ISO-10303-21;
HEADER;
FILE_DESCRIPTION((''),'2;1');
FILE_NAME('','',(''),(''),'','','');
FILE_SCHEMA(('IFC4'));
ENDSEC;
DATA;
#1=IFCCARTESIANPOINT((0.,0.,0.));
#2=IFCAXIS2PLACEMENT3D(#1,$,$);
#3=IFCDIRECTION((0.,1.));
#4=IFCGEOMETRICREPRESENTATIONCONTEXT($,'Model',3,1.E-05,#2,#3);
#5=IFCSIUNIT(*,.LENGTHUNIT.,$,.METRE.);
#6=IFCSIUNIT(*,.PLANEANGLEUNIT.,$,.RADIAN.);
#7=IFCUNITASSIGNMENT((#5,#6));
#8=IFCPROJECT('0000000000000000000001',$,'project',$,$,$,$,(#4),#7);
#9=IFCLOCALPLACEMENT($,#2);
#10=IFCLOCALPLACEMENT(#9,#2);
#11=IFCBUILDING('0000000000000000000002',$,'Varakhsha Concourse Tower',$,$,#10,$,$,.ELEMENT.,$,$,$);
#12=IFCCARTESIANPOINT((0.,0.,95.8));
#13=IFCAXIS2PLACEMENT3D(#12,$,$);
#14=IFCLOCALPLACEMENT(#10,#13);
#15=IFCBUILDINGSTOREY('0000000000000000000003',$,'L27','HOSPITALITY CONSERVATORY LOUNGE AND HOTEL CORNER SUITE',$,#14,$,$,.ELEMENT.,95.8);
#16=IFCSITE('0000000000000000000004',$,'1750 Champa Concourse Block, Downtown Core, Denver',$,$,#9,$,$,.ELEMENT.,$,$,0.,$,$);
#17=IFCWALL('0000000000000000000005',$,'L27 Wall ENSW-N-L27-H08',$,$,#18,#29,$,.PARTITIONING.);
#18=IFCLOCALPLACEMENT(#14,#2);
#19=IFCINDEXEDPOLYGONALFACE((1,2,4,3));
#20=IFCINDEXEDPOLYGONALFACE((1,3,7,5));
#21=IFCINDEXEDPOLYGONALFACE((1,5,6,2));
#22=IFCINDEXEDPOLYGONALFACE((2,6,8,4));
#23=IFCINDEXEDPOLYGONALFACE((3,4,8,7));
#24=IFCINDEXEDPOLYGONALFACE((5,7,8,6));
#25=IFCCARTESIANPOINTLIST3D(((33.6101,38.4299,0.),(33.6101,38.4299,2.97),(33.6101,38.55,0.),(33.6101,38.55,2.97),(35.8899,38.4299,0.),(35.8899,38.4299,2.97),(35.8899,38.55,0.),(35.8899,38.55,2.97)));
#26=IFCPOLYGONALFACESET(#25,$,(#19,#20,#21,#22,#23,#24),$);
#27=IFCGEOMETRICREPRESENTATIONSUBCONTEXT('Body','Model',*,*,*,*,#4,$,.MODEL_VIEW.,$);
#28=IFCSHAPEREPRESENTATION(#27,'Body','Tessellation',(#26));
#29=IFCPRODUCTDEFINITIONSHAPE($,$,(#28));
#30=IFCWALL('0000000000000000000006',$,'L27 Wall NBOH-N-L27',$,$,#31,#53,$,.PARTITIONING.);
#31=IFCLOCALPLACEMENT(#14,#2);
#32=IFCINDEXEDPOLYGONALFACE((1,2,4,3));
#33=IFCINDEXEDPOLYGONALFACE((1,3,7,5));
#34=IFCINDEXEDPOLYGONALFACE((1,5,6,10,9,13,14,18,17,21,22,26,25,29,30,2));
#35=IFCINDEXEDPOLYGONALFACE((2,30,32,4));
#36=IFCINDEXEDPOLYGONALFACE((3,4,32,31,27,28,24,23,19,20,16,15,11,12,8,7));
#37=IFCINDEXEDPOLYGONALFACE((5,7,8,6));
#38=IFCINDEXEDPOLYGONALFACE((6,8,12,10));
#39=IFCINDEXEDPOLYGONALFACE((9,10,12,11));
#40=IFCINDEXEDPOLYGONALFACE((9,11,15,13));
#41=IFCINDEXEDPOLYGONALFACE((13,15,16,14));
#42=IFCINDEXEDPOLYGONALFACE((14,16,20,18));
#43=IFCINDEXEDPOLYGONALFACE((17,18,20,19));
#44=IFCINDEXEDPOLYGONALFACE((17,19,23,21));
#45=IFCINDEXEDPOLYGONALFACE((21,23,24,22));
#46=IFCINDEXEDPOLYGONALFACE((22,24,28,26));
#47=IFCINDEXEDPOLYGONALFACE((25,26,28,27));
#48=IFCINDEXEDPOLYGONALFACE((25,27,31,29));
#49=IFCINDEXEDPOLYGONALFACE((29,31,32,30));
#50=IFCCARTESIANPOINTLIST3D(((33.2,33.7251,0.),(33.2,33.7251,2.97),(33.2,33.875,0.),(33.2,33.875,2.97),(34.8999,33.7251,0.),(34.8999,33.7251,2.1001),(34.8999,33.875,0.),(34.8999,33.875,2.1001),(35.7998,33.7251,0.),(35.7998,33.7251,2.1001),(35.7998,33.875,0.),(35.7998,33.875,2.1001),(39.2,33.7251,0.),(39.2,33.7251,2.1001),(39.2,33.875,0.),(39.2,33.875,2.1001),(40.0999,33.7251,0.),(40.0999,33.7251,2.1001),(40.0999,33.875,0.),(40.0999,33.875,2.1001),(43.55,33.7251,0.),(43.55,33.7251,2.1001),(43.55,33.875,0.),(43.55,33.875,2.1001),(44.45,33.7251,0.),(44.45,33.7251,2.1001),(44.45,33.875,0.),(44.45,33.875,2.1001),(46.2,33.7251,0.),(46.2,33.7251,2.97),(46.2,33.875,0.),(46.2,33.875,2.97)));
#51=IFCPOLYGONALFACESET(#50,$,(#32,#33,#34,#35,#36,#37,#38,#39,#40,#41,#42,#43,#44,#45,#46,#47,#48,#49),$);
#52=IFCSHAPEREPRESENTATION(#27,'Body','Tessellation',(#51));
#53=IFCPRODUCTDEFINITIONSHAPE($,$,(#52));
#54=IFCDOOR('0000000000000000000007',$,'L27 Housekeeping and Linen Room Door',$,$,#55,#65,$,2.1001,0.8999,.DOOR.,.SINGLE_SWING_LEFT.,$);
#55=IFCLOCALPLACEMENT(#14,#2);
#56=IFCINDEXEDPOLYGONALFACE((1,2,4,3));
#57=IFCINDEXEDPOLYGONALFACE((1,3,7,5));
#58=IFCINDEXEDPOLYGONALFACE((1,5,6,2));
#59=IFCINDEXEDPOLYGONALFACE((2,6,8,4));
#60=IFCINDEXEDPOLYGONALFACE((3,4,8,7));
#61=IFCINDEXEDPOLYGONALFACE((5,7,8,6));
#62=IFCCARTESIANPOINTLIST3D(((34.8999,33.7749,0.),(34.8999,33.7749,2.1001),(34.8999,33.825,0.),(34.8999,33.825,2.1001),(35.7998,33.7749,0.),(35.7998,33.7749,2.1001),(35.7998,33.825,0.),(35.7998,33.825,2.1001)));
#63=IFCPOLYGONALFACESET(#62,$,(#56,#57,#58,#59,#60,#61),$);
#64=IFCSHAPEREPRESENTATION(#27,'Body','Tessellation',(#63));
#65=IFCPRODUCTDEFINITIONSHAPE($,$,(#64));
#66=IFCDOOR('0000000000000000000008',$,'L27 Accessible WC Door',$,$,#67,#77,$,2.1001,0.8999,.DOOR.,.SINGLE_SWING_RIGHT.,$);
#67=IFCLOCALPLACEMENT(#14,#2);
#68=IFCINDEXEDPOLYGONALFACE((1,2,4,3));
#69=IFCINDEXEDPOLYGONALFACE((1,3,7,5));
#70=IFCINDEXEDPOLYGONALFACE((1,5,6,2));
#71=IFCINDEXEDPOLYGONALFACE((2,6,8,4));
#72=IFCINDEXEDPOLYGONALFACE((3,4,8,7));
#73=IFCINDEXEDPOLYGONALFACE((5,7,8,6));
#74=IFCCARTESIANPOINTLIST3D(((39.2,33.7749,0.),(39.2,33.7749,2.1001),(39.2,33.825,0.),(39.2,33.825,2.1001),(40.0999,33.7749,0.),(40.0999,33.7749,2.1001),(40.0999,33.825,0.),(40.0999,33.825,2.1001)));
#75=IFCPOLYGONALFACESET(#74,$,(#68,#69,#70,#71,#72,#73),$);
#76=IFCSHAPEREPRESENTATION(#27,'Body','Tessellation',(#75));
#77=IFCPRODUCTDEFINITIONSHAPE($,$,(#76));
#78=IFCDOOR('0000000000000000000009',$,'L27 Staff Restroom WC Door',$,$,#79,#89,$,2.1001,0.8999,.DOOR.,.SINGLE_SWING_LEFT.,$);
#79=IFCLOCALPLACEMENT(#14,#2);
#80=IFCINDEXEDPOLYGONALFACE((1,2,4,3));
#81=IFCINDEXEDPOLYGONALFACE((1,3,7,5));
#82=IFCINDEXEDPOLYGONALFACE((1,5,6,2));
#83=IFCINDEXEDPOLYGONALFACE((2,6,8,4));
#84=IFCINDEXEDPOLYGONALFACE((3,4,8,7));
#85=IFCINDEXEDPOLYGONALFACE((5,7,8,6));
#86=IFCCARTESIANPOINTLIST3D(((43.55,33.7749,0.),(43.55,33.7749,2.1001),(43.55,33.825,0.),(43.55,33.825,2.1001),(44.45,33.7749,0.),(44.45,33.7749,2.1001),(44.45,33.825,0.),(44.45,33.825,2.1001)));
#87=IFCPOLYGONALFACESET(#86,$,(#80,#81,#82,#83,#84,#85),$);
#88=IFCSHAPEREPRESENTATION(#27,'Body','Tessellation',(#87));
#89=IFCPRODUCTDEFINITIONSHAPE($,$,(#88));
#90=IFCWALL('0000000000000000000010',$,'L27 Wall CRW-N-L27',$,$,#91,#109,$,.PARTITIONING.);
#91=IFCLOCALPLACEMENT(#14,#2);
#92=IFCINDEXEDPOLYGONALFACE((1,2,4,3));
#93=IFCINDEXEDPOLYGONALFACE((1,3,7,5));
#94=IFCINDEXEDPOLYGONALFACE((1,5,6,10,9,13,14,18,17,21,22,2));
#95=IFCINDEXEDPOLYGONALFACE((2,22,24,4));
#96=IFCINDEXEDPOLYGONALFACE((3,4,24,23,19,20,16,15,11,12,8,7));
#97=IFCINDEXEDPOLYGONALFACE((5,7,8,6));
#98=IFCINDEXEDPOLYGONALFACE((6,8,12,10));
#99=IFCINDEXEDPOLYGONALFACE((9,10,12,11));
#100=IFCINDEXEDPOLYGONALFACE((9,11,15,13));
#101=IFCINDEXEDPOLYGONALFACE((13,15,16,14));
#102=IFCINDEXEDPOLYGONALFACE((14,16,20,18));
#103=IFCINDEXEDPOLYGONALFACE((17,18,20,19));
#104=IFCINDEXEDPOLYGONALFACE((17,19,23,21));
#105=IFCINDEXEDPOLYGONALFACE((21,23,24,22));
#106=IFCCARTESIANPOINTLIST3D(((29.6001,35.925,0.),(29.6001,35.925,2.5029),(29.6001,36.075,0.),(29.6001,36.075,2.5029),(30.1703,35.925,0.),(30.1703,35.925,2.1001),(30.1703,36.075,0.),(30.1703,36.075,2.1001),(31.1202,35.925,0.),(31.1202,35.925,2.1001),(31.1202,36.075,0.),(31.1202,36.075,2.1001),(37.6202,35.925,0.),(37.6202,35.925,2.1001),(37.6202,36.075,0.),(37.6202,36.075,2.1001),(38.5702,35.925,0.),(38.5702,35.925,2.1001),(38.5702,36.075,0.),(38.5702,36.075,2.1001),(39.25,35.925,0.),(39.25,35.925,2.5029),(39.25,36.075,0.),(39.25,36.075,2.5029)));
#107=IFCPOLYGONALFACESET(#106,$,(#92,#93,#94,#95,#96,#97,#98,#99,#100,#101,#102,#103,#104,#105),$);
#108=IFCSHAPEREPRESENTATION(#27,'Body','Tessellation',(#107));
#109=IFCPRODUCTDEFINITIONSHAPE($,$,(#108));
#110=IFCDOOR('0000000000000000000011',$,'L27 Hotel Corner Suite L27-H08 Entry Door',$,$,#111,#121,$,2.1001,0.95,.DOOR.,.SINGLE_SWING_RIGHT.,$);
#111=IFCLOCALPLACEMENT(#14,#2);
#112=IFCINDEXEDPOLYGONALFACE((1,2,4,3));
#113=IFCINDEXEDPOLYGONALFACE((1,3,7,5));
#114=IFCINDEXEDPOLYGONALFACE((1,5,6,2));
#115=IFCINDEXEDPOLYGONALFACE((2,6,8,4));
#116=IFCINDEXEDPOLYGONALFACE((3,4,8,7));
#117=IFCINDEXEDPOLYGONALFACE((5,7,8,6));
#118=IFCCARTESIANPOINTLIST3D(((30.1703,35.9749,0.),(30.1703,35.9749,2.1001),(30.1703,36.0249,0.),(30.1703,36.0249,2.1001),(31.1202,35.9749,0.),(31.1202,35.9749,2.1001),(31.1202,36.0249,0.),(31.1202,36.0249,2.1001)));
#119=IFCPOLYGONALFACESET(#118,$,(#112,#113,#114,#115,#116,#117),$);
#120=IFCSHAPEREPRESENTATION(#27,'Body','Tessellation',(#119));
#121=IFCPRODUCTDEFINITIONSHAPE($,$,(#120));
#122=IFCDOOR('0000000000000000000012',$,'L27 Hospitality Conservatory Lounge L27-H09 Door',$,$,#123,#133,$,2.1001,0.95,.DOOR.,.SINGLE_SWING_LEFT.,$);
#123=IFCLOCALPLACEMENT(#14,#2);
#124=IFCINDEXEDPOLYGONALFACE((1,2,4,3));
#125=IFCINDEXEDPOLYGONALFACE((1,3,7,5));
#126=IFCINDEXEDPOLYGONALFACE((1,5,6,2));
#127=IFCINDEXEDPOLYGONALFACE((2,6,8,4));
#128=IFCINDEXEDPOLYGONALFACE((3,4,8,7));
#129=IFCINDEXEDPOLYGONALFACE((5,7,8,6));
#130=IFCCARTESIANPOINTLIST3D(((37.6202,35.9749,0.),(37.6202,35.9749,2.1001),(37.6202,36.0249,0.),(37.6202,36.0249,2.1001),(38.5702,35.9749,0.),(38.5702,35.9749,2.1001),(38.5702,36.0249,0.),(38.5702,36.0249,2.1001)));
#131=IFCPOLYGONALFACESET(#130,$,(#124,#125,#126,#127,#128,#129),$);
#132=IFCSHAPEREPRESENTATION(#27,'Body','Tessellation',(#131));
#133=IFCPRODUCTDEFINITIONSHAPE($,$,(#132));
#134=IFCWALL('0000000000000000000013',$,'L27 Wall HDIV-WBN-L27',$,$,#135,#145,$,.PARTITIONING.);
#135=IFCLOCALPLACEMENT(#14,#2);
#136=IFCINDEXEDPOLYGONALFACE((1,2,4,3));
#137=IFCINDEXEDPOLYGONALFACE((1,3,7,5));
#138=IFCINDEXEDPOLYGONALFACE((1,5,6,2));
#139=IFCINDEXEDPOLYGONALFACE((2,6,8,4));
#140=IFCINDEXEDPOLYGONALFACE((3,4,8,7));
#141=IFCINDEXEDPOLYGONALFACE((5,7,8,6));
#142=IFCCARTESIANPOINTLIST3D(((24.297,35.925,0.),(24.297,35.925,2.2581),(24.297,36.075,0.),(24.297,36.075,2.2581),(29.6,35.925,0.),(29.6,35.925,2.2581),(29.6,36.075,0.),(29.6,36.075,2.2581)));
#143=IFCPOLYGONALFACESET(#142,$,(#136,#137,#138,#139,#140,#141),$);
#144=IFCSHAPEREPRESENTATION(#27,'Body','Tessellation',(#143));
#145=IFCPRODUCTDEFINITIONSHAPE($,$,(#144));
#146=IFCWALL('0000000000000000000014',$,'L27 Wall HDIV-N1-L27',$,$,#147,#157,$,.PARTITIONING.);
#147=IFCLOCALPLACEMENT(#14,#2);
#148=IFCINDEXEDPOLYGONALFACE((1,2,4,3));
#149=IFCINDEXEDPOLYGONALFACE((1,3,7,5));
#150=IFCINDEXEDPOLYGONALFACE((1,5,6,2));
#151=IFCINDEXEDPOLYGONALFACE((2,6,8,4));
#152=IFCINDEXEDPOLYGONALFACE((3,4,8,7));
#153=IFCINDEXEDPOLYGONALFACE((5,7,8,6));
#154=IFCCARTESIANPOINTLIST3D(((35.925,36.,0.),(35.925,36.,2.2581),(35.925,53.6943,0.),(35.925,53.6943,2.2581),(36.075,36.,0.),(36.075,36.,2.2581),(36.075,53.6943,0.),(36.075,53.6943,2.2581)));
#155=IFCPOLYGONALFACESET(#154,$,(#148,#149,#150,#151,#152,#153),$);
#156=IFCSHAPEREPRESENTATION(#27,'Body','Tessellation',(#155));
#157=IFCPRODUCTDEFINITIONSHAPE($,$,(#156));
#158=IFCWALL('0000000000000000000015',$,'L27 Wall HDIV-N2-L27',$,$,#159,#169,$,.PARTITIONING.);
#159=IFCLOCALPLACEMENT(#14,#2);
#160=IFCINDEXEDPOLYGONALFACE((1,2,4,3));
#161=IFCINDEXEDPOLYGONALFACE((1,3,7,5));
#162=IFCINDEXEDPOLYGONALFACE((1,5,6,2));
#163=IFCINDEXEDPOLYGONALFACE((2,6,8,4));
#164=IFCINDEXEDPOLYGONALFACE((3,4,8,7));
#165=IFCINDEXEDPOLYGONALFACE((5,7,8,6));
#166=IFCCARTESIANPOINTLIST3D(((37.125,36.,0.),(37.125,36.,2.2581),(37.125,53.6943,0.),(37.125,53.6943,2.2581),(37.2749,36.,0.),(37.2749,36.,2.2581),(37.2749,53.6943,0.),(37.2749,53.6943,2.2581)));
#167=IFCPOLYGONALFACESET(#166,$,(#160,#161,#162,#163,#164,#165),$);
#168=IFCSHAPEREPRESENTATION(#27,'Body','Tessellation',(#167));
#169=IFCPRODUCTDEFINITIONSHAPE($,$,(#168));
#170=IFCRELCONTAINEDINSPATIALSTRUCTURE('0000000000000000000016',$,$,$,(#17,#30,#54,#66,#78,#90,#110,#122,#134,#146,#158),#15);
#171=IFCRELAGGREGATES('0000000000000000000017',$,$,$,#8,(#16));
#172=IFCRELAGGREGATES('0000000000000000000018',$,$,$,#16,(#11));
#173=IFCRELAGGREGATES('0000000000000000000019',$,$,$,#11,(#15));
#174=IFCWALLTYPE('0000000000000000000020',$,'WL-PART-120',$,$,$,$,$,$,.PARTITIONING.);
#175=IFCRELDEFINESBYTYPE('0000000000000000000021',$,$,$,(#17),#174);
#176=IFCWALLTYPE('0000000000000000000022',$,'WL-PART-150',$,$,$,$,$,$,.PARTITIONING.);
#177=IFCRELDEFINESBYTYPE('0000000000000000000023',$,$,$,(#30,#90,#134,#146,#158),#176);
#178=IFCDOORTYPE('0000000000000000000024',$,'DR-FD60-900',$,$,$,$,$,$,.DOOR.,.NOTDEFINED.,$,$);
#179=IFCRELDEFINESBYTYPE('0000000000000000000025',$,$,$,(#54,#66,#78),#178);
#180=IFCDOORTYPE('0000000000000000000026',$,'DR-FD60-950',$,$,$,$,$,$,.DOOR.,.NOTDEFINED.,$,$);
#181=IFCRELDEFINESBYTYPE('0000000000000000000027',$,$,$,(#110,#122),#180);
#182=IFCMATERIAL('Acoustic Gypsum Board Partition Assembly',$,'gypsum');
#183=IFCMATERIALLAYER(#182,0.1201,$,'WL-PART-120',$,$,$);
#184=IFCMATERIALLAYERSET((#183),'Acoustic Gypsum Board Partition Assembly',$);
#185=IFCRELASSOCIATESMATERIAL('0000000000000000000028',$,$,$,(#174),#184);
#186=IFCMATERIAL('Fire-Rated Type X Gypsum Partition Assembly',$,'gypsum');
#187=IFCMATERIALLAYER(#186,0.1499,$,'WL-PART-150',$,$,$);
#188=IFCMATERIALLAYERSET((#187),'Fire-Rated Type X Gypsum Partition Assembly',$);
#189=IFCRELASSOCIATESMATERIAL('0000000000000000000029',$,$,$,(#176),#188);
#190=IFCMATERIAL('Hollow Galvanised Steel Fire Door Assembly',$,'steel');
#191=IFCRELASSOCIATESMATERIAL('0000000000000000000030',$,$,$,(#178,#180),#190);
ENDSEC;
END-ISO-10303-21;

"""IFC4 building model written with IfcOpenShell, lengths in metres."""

from ifc_helpers import new_model, si_unit, direction, frame, frame_2d, origin, place, context, subcontext, project, spatial, rectangle, extrude, material, layer, layer_set, type_object, element, fill, save


model = new_model("IFC4")

# Units and contexts
model_context = context("Model", 3, precision=1e-05, world=origin(), true_north=direction((0.0, 1.0)))
body_context = subcontext(model_context, "Body", "Model", "MODEL_VIEW")
ifc_project = project(units=[si_unit("LENGTHUNIT", "METRE"), si_unit("PLANEANGLEUNIT", "RADIAN")], contexts=[model_context])

# Site, building, storey
site_placement = place(None, origin())
site = spatial("IfcSite", under=ifc_project, at=site_placement, Name="1750 Champa Concourse Block, Downtown Core, Denver", CompositionType="ELEMENT", RefElevation=0.0)
building_placement = place(site_placement, origin())
building = spatial("IfcBuilding", under=site, at=building_placement, Name="Varakhsha Concourse Tower", CompositionType="ELEMENT")
storey_placement = place(building_placement, frame((0.0, 0.0, 95.8)))
storey = spatial("IfcBuildingStorey", under=building, at=storey_placement, Name="L27", Description="HOSPITALITY CONSERVATORY LOUNGE AND HOTEL CORNER SUITE", CompositionType="ELEMENT", Elevation=95.8)

# Shared definitions
ifc_material_1 = material(Name="Acoustic Gypsum Board Partition Assembly", Category="gypsum")
ifc_layer_1 = layer(ifc_material_1, 0.1201, Name="WL-PART-120")
ifc_layer_set_1 = layer_set([ifc_layer_1], Name="Acoustic Gypsum Board Partition Assembly")
wall_type_1 = type_object("IfcWallType", Name="WL-PART-120", PredefinedType="PARTITIONING", material=ifc_layer_set_1)

# Wall
wall_1_placement = place(storey_placement, frame((33.6101, 38.49, 0.0), z_axis=(0.0, 0.0, 1.0), x_axis=(1.0, 0.0, 0.0)))
element("IfcWall", 1, at=wall_1_placement, inside=storey, type_object=wall_type_1, Name="L27 Wall ENSW-N-L27-H08", PredefinedType="PARTITIONING", context=body_context, shape_type="SweptSolid", body=[
    extrude(rectangle(XDim=2.2798, YDim=0.1201, at=frame_2d((1.1399, 0.0))), origin(), (0.0, 0.0, 1.0), 2.97),
])

# Walls, openings, doors
ifc_material_2 = material(Name="Fire-Rated Type X Gypsum Partition Assembly", Category="gypsum")
ifc_layer_2 = layer(ifc_material_2, 0.1499, Name="WL-PART-150")
ifc_layer_set_2 = layer_set([ifc_layer_2], Name="Fire-Rated Type X Gypsum Partition Assembly")
wall_type_2 = type_object("IfcWallType", Name="WL-PART-150", PredefinedType="PARTITIONING", material=ifc_layer_set_2)
wall_2_placement = place(storey_placement, frame((33.2, 33.8, 0.0), z_axis=(0.0, 0.0, 1.0), x_axis=(1.0, 0.0, 0.0)))
wall_2 = element("IfcWall", 2, at=wall_2_placement, inside=storey, type_object=wall_type_2, Name="L27 Wall NBOH-N-L27", PredefinedType="PARTITIONING", context=body_context, shape_type="SweptSolid", body=[
    extrude(rectangle(XDim=13.0, YDim=0.1499, at=frame_2d((6.5, 0.0))), origin(), (0.0, 0.0, 1.0), 2.97),
])
opening_1_placement = place(wall_2_placement, frame((1.7, 0.0, 0.0)))
opening_1 = element("IfcOpeningElement", 3, at=opening_1_placement, cuts=wall_2, PredefinedType="OPENING", context=body_context, shape_type="SweptSolid", body=[
    extrude(rectangle(XDim=0.8999, YDim=2.1001, at=frame_2d((0.45, 1.05))), frame((0.0, 0.085, 0.0), z_axis=(0.0, -1.0, 0.0), x_axis=(1.0, 0.0, 0.0)), (0.0, 0.0, 1.0), 0.1699),
])
opening_2_placement = place(wall_2_placement, frame((6.0, 0.0, 0.0)))
opening_2 = element("IfcOpeningElement", 4, at=opening_2_placement, cuts=wall_2, PredefinedType="OPENING", context=body_context, shape_type="SweptSolid", body=[
    extrude(rectangle(XDim=0.8999, YDim=2.1001, at=frame_2d((0.45, 1.05))), frame((0.0, 0.085, 0.0), z_axis=(0.0, -1.0, 0.0), x_axis=(1.0, 0.0, 0.0)), (0.0, 0.0, 1.0), 0.1699),
])
opening_3_placement = place(wall_2_placement, frame((10.3501, 0.0, 0.0)))
opening_3 = element("IfcOpeningElement", 5, at=opening_3_placement, cuts=wall_2, PredefinedType="OPENING", context=body_context, shape_type="SweptSolid", body=[
    extrude(rectangle(XDim=0.8999, YDim=2.1001, at=frame_2d((0.45, 1.05))), frame((0.0, 0.085, 0.0), z_axis=(0.0, -1.0, 0.0), x_axis=(1.0, 0.0, 0.0)), (0.0, 0.0, 1.0), 0.1699),
])
ifc_material_3 = material(Name="Hollow Galvanised Steel Fire Door Assembly", Category="steel")
door_type_1 = type_object("IfcDoorType", Name="DR-FD60-900", OperationType="NOTDEFINED", PredefinedType="DOOR", material=ifc_material_3)
door_1_placement = place(opening_1_placement, origin())
door_1 = element("IfcDoor", 6, at=door_1_placement, inside=storey, type_object=door_type_1, Name="L27 Housekeeping and Linen Room Door", OperationType="SINGLE_SWING_LEFT", OverallHeight=2.1001, OverallWidth=0.8999, PredefinedType="DOOR", context=body_context, shape_type="SweptSolid", body=[
    extrude(rectangle(XDim=0.8999, YDim=2.1001, at=frame_2d((0.45, 1.05))), frame((0.0, 0.0249, 0.0), z_axis=(0.0, -1.0, 0.0), x_axis=(1.0, 0.0, 0.0)), (0.0, 0.0, 1.0), 0.05),
])
fill(opening_1, door_1)
door_2_placement = place(opening_2_placement, origin())
door_2 = element("IfcDoor", 7, at=door_2_placement, inside=storey, type_object=door_type_1, Name="L27 Accessible WC Door", OperationType="SINGLE_SWING_RIGHT", OverallHeight=2.1001, OverallWidth=0.8999, PredefinedType="DOOR", context=body_context, shape_type="SweptSolid", body=[
    extrude(rectangle(XDim=0.8999, YDim=2.1001, at=frame_2d((0.45, 1.05))), frame((0.0, 0.0249, 0.0), z_axis=(0.0, -1.0, 0.0), x_axis=(1.0, 0.0, 0.0)), (0.0, 0.0, 1.0), 0.05),
])
fill(opening_2, door_2)
door_3_placement = place(opening_3_placement, origin())
door_3 = element("IfcDoor", 8, at=door_3_placement, inside=storey, type_object=door_type_1, Name="L27 Staff Restroom WC Door", OperationType="SINGLE_SWING_LEFT", OverallHeight=2.1001, OverallWidth=0.8999, PredefinedType="DOOR", context=body_context, shape_type="SweptSolid", body=[
    extrude(rectangle(XDim=0.8999, YDim=2.1001, at=frame_2d((0.45, 1.05))), frame((0.0, 0.0249, 0.0), z_axis=(0.0, -1.0, 0.0), x_axis=(1.0, 0.0, 0.0)), (0.0, 0.0, 1.0), 0.05),
])
fill(opening_3, door_3)
wall_3_placement = place(storey_placement, frame((29.6001, 36.0, 0.0), z_axis=(0.0, 0.0, 1.0), x_axis=(1.0, 0.0, 0.0)))
wall_3 = element("IfcWall", 9, at=wall_3_placement, inside=storey, type_object=wall_type_2, Name="L27 Wall CRW-N-L27", PredefinedType="PARTITIONING", context=body_context, shape_type="SweptSolid", body=[
    extrude(rectangle(XDim=9.6499, YDim=0.1499, at=frame_2d((4.825, 0.0))), origin(), (0.0, 0.0, 1.0), 2.5029),
])
opening_4_placement = place(wall_3_placement, frame((0.5701, 0.0, 0.0)))
opening_4 = element("IfcOpeningElement", 10, at=opening_4_placement, cuts=wall_3, PredefinedType="OPENING", context=body_context, shape_type="SweptSolid", body=[
    extrude(rectangle(XDim=0.95, YDim=2.1001, at=frame_2d((0.4751, 1.05))), frame((0.0, 0.085, 0.0), z_axis=(0.0, -1.0, 0.0), x_axis=(1.0, 0.0, 0.0)), (0.0, 0.0, 1.0), 0.1699),
])
opening_5_placement = place(wall_3_placement, frame((8.02, 0.0, 0.0)))
opening_5 = element("IfcOpeningElement", 11, at=opening_5_placement, cuts=wall_3, PredefinedType="OPENING", context=body_context, shape_type="SweptSolid", body=[
    extrude(rectangle(XDim=0.95, YDim=2.1001, at=frame_2d((0.4751, 1.05))), frame((0.0, 0.085, 0.0), z_axis=(0.0, -1.0, 0.0), x_axis=(1.0, 0.0, 0.0)), (0.0, 0.0, 1.0), 0.1699),
])
door_type_2 = type_object("IfcDoorType", Name="DR-FD60-950", OperationType="NOTDEFINED", PredefinedType="DOOR", material=ifc_material_3)
door_4_placement = place(opening_4_placement, origin())
door_4 = element("IfcDoor", 12, at=door_4_placement, inside=storey, type_object=door_type_2, Name="L27 Hotel Corner Suite L27-H08 Entry Door", OperationType="SINGLE_SWING_RIGHT", OverallHeight=2.1001, OverallWidth=0.95, PredefinedType="DOOR", context=body_context, shape_type="SweptSolid", body=[
    extrude(rectangle(XDim=0.95, YDim=2.1001, at=frame_2d((0.4751, 1.05))), frame((0.0, 0.0249, 0.0), z_axis=(0.0, -1.0, 0.0), x_axis=(1.0, 0.0, 0.0)), (0.0, 0.0, 1.0), 0.05),
])
fill(opening_4, door_4)
door_5_placement = place(opening_5_placement, origin())
door_5 = element("IfcDoor", 13, at=door_5_placement, inside=storey, type_object=door_type_2, Name="L27 Hospitality Conservatory Lounge L27-H09 Door", OperationType="SINGLE_SWING_LEFT", OverallHeight=2.1001, OverallWidth=0.95, PredefinedType="DOOR", context=body_context, shape_type="SweptSolid", body=[
    extrude(rectangle(XDim=0.95, YDim=2.1001, at=frame_2d((0.4751, 1.05))), frame((0.0, 0.0249, 0.0), z_axis=(0.0, -1.0, 0.0), x_axis=(1.0, 0.0, 0.0)), (0.0, 0.0, 1.0), 0.05),
])
fill(opening_5, door_5)

# Walls
wall_4_placement = place(storey_placement, frame((24.2971, 36.0, 0.0), z_axis=(0.0, 0.0, 1.0), x_axis=(1.0, 0.0, 0.0)))
element("IfcWall", 14, at=wall_4_placement, inside=storey, type_object=wall_type_2, Name="L27 Wall HDIV-WBN-L27", PredefinedType="PARTITIONING", context=body_context, shape_type="SweptSolid", body=[
    extrude(rectangle(XDim=5.303, YDim=0.1499, at=frame_2d((2.6514, 0.0))), origin(), (0.0, 0.0, 1.0), 2.2581),
])
for number, where, z_axis, x_axis, name in (
    (15, (36.0, 36.0, 0.0), (0.0, 0.0, 1.0), (0.0, 1.0, 0.0), "L27 Wall HDIV-N1-L27"),
    (16, (37.2, 36.0, 0.0), (0.0, 0.0, 1.0), (0.0, 1.0, 0.0), "L27 Wall HDIV-N2-L27"),
):
    element("IfcWall", number, at=place(storey_placement, frame(where, z_axis=z_axis, x_axis=x_axis)), inside=storey, type_object=wall_type_2, Name=name, PredefinedType="PARTITIONING", context=body_context, shape_type="SweptSolid", body=[
        extrude(rectangle(XDim=17.6943, YDim=0.1499, at=frame_2d((8.8472, 0.0))), origin(), (0.0, 0.0, 1.0), 2.2581),
    ])

save(model, "model.ifc")
